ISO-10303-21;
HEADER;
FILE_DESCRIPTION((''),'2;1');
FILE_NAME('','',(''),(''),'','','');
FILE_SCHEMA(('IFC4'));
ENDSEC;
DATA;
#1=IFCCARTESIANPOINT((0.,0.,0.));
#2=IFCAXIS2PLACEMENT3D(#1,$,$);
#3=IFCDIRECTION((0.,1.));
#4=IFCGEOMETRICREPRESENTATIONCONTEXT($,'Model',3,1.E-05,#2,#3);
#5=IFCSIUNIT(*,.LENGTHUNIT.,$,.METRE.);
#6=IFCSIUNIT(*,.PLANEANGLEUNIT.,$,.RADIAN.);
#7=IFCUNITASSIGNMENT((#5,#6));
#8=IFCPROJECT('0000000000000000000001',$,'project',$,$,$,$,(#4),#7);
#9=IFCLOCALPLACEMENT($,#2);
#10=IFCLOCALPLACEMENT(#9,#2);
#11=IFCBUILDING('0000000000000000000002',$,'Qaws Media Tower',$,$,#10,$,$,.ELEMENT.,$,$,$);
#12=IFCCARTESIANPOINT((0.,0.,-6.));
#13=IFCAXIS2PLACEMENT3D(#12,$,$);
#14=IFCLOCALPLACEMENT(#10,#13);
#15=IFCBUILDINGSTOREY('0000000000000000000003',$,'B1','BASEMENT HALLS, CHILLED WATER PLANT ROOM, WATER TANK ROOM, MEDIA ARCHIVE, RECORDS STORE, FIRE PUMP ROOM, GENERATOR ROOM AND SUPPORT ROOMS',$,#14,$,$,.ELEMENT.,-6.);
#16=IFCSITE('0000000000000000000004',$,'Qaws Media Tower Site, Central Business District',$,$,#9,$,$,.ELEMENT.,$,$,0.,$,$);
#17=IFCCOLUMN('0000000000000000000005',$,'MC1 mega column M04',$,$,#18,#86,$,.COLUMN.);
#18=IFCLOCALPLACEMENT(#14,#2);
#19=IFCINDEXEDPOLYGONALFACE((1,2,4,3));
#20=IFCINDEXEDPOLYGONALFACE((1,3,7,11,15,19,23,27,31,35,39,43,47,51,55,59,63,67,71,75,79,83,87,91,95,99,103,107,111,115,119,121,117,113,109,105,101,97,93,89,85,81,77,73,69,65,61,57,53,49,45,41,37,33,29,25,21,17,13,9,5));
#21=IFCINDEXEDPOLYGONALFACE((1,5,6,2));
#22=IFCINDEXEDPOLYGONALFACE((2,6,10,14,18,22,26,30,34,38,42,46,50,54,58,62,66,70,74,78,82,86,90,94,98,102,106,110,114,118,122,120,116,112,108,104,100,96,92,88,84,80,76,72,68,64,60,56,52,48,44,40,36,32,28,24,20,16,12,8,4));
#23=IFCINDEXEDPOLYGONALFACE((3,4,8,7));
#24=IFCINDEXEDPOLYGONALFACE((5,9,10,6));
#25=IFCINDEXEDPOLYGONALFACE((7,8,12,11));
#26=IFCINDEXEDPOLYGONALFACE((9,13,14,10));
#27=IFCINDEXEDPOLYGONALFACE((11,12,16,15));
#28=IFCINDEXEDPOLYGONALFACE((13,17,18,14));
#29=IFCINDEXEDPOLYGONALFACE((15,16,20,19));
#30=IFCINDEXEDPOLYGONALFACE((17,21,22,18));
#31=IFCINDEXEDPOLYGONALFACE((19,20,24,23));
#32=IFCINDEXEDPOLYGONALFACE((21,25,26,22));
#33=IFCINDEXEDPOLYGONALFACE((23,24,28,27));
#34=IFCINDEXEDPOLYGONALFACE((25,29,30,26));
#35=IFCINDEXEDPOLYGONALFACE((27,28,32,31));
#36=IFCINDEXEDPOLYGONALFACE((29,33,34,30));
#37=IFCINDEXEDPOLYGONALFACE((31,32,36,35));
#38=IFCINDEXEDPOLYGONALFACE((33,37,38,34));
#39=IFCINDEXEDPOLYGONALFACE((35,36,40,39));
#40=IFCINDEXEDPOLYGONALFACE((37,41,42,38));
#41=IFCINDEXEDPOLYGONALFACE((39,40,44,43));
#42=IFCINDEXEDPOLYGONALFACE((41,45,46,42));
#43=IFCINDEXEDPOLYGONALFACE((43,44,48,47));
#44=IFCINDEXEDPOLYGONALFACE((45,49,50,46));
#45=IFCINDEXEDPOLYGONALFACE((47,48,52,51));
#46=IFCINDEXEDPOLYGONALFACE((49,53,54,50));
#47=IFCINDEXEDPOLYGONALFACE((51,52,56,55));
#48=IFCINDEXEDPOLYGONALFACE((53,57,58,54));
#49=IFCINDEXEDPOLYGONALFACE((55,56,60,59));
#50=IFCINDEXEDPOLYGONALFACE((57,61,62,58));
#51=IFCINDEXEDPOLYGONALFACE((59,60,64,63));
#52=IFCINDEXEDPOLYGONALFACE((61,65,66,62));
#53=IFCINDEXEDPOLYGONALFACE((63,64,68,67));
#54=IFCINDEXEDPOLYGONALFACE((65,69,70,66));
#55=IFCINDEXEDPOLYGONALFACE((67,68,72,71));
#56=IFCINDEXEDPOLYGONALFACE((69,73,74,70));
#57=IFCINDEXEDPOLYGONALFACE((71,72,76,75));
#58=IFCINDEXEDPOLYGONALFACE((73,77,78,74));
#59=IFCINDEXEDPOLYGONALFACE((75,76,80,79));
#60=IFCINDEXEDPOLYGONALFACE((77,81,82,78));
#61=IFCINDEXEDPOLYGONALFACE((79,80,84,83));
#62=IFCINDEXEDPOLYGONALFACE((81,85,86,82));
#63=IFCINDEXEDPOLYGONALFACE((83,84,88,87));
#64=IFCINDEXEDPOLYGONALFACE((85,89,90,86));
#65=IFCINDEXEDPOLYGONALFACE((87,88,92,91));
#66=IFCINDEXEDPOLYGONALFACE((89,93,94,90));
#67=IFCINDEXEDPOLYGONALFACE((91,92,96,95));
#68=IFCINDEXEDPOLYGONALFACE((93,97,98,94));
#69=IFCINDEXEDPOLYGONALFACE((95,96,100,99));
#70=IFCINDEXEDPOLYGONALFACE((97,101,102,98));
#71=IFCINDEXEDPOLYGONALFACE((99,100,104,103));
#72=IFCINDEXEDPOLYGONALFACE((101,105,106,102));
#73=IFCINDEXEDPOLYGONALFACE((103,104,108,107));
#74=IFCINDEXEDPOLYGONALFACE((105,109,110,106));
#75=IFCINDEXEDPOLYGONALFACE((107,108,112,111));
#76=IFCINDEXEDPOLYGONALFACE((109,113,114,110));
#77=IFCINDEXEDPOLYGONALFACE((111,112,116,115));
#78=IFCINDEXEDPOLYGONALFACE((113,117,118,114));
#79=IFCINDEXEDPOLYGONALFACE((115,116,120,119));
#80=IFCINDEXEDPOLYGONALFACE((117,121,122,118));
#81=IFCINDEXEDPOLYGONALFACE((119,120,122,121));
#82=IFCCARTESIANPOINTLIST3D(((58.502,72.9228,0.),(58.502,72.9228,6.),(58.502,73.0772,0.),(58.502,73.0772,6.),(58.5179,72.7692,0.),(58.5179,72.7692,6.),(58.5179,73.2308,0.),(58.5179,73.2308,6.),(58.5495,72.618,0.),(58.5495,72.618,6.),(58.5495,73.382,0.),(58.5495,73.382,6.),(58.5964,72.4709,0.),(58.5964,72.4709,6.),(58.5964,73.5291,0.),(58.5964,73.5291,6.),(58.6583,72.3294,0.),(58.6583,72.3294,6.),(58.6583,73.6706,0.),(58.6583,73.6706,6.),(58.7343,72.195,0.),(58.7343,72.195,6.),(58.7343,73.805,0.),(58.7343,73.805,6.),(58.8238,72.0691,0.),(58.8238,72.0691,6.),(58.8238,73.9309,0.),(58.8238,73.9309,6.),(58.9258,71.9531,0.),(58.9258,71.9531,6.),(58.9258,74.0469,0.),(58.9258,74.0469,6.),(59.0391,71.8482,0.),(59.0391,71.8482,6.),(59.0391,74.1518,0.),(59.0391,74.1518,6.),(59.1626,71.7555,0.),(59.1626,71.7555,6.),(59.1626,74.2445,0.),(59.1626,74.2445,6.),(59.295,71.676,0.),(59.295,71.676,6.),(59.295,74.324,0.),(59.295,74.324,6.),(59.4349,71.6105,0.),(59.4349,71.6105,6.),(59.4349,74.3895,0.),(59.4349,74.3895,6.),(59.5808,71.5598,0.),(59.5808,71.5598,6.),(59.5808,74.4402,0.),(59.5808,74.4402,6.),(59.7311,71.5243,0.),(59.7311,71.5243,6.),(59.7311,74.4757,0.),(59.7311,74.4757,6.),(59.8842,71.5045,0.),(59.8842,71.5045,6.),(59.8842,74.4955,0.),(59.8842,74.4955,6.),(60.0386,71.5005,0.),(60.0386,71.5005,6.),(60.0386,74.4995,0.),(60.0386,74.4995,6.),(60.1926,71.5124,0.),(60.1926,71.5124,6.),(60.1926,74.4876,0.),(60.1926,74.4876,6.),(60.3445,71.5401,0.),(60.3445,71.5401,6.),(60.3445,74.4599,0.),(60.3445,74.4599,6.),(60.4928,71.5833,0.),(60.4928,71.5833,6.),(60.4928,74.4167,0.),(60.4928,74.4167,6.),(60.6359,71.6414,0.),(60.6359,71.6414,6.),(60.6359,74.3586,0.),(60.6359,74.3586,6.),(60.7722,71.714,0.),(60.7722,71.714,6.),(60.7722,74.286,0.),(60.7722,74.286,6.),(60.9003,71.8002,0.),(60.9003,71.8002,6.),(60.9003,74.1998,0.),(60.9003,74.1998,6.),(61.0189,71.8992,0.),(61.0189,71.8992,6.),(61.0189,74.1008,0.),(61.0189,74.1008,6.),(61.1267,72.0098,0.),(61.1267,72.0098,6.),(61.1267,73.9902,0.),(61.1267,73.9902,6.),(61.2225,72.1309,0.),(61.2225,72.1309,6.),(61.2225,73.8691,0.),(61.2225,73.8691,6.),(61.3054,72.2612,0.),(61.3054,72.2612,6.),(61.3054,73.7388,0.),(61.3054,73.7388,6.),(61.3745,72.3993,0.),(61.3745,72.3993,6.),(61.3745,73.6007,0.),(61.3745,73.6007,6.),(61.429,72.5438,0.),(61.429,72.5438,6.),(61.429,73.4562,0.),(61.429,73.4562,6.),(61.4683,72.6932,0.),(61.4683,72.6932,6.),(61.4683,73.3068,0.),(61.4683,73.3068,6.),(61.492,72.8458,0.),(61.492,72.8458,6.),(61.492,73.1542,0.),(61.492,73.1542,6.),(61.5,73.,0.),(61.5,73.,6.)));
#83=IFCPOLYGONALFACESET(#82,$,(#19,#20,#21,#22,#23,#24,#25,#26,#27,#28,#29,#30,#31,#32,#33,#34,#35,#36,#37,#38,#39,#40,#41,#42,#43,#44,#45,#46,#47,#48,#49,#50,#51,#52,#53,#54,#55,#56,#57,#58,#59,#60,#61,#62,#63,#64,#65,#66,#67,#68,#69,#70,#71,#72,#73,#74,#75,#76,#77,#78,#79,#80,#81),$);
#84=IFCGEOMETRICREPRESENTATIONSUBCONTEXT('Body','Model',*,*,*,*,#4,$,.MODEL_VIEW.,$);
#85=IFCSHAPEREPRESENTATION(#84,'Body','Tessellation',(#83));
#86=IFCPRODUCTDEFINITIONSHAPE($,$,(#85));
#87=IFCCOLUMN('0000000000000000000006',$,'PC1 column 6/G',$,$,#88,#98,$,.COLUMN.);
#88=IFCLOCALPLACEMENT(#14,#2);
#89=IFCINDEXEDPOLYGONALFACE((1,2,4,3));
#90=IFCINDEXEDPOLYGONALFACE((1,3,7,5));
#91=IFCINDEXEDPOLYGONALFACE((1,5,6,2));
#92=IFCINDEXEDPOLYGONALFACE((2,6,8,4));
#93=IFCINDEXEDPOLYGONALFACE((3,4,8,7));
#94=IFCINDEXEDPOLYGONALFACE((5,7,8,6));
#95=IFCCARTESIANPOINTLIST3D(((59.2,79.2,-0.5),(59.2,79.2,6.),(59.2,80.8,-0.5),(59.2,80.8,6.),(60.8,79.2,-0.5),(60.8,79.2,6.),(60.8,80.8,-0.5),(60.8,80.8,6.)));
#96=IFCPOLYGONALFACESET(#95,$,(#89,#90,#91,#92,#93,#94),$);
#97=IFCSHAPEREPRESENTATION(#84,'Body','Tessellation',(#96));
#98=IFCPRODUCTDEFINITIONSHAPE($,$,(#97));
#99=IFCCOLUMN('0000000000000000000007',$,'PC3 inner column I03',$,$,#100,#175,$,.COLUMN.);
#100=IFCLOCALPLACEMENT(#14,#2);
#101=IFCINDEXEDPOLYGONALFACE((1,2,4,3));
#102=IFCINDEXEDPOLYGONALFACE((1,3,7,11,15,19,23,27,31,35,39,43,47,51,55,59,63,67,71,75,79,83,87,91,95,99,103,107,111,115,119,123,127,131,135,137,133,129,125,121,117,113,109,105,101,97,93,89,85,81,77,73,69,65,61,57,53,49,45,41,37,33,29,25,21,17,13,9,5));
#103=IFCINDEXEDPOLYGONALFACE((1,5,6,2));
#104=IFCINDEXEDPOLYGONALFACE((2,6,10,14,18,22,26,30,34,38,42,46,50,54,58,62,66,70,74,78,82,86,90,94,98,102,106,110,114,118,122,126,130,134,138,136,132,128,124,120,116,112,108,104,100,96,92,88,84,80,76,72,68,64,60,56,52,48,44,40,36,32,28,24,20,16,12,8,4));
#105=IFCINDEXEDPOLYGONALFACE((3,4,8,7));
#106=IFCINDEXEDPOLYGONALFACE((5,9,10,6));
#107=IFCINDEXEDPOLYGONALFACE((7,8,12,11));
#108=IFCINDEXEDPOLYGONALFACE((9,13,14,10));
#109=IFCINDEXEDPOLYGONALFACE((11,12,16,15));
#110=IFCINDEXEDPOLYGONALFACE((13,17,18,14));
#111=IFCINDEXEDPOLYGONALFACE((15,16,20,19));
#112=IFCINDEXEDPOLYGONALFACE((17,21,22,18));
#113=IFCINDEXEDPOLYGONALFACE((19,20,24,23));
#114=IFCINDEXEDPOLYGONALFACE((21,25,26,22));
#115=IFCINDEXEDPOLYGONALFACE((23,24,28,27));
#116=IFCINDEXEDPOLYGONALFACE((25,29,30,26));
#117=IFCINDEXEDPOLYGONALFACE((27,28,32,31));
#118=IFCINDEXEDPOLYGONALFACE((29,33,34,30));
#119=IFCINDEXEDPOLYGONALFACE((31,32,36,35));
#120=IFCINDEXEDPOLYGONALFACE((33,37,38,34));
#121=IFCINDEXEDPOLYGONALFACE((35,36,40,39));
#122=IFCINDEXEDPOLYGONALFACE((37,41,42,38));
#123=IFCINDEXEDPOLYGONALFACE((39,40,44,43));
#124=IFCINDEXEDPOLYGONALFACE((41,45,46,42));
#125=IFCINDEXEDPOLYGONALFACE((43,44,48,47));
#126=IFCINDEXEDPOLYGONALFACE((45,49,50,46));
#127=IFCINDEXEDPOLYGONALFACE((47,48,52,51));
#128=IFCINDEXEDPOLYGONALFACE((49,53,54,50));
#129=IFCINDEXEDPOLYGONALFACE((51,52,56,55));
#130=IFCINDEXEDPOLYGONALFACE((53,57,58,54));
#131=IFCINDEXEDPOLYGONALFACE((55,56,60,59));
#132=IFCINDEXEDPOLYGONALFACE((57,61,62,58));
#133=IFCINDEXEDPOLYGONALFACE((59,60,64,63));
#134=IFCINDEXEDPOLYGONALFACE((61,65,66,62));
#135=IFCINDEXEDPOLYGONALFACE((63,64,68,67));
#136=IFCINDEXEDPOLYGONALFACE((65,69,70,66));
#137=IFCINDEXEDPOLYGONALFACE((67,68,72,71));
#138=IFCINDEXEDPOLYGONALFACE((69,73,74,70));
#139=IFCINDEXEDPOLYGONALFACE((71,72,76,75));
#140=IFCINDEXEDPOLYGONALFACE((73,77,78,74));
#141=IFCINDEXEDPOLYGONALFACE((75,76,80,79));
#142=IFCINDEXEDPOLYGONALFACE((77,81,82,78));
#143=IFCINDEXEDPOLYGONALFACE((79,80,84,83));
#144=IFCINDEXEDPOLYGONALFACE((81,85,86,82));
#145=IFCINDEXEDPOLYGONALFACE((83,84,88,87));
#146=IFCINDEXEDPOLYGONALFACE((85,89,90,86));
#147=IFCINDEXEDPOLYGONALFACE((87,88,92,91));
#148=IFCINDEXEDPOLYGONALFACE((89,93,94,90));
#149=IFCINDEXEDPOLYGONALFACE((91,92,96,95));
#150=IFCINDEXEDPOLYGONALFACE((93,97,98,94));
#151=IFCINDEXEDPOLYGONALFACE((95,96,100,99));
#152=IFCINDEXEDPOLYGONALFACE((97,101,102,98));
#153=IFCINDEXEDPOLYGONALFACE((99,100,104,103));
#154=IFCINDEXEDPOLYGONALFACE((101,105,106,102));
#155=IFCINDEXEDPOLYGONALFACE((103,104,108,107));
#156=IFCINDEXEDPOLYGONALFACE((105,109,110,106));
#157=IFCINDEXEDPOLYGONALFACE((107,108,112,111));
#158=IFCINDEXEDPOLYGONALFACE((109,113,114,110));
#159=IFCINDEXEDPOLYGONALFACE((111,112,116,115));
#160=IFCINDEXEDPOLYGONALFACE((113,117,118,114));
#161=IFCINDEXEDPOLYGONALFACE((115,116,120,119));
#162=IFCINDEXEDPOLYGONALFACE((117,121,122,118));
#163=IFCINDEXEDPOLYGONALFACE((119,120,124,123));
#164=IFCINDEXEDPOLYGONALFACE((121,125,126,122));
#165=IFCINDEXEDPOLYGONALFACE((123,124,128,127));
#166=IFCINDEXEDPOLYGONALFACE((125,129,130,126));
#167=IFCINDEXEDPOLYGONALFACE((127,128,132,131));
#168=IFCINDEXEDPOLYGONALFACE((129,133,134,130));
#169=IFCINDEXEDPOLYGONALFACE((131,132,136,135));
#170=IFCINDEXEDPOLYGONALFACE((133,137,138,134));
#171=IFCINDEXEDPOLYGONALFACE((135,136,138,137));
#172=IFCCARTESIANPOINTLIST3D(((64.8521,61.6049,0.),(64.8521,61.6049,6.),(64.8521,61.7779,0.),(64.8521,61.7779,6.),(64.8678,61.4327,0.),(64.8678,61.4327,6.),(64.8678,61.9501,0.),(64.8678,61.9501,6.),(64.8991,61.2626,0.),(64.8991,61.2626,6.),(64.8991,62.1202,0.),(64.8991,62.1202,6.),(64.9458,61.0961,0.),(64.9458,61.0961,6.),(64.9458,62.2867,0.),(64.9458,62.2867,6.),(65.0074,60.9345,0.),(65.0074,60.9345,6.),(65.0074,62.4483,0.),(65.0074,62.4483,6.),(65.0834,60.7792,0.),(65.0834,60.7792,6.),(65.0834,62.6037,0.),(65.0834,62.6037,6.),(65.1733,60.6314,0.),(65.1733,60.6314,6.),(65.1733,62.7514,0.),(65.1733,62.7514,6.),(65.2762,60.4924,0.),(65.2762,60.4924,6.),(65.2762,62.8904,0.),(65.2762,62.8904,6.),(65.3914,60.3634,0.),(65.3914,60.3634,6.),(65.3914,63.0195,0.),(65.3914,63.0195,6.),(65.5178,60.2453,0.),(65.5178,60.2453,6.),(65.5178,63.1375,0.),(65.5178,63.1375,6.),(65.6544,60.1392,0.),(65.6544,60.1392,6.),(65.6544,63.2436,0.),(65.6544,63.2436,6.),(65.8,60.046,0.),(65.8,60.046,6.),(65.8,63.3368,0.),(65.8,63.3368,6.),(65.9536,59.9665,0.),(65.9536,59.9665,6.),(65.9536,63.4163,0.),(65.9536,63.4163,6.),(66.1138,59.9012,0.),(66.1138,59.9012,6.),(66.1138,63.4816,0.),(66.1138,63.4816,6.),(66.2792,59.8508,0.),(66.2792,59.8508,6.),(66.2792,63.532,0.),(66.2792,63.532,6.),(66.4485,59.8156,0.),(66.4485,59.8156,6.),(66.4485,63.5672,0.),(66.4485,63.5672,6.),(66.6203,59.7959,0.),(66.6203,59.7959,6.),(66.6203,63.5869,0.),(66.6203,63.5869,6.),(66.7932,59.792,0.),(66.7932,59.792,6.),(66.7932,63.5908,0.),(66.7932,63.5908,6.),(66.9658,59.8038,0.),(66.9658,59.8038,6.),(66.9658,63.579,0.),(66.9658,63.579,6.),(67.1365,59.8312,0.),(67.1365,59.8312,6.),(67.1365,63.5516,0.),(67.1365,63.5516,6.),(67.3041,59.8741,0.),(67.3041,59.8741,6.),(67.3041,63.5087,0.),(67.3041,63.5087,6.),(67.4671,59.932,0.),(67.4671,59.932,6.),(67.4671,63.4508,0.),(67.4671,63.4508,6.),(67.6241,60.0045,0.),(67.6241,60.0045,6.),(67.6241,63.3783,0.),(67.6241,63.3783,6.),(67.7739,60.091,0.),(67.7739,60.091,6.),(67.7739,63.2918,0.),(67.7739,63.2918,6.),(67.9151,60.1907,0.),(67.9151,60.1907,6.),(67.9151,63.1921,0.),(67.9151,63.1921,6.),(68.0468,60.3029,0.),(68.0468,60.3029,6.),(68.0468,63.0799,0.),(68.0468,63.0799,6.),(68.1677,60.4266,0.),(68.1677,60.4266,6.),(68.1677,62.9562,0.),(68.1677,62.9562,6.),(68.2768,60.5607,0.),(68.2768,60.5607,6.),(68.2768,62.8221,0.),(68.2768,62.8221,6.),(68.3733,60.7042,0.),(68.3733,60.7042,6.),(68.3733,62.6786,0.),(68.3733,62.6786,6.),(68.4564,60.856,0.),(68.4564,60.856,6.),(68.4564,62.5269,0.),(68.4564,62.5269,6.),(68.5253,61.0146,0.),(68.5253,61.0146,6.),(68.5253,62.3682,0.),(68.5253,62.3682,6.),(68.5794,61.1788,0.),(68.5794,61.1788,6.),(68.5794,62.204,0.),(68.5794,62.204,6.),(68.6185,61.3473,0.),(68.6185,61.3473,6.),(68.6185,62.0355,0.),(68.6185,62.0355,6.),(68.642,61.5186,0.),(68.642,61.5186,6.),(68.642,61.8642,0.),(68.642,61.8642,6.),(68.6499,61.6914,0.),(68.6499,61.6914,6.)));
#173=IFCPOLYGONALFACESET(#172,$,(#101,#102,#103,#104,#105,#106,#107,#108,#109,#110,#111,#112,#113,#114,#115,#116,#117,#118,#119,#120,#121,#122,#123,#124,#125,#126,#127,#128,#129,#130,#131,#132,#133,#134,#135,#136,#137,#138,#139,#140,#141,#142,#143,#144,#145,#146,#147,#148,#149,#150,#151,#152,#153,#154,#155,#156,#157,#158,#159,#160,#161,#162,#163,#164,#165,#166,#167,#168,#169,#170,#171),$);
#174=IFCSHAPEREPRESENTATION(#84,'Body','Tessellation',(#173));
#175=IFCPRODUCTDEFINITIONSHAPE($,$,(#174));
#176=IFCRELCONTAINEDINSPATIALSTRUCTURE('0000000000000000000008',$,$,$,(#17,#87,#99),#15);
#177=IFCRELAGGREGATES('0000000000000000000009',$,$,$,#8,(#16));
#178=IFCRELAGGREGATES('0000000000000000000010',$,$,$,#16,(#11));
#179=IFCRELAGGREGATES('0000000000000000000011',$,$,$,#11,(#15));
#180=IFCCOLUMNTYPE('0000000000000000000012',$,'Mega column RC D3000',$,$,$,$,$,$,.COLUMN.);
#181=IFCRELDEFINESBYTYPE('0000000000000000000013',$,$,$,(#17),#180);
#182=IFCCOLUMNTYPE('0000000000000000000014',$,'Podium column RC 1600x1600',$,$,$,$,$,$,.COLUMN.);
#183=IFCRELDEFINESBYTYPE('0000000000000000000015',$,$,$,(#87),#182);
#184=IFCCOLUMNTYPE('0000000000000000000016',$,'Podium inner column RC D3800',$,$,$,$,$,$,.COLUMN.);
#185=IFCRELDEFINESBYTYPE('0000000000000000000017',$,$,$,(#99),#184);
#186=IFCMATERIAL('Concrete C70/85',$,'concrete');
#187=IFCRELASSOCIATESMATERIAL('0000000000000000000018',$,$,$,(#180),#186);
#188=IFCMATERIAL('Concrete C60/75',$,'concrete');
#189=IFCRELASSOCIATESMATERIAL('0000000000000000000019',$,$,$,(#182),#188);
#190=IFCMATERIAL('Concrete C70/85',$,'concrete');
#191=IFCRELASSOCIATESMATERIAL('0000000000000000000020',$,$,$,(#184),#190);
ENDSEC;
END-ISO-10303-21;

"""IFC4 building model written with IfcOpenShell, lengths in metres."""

from ifc_helpers import new_model, si_unit, direction, frame, origin, origin_2d, place, context, subcontext, project, spatial, rectangle, circle, extrude, material, material_profile, profile_set, type_object, element, save


model = new_model("IFC4")

# Units and contexts
model_context = context("Model", 3, precision=1e-05, world=origin(), true_north=direction((0.0, 1.0)))
body_context = subcontext(model_context, "Body", "Model", "MODEL_VIEW")
ifc_project = project(units=[si_unit("LENGTHUNIT", "METRE"), si_unit("PLANEANGLEUNIT", "RADIAN")], contexts=[model_context])

# Site, building, storey
site_placement = place(None, origin())
site = spatial("IfcSite", under=ifc_project, at=site_placement, Name="Qaws Media Tower Site, Central Business District", CompositionType="ELEMENT", RefElevation=0.0)
building_placement = place(site_placement, origin())
building = spatial("IfcBuilding", under=site, at=building_placement, Name="Qaws Media Tower", CompositionType="ELEMENT")
storey_placement = place(building_placement, frame((0.0, 0.0, -6.0)))
storey = spatial("IfcBuildingStorey", under=building, at=storey_placement, Name="B1", Description="BASEMENT HALLS, CHILLED WATER PLANT ROOM, WATER TANK ROOM, MEDIA ARCHIVE, RECORDS STORE, FIRE PUMP ROOM, GENERATOR ROOM AND SUPPORT ROOMS", CompositionType="ELEMENT", Elevation=-6.0)

# Columns
ifc_material_1 = material(Name="Concrete C70/85", Category="concrete")
ifc_material_profile_1 = material_profile(ifc_material_1, circle(Radius=1.5, at=origin_2d()), Name="RC D3000")
ifc_profile_set_1 = profile_set([ifc_material_profile_1], Name="Concrete C70/85")
column_type_1 = type_object("IfcColumnType", Name="Mega column RC D3000", PredefinedType="COLUMN", material=ifc_profile_set_1)
column_1_placement = place(storey_placement, frame((60.0, 73.0, 0.0), z_axis=(0.0, 0.0, 1.0), x_axis=(1.0, 0.0, 0.0)))
element("IfcColumn", 1, at=column_1_placement, inside=storey, type_object=column_type_1, Name="MC1 mega column M04", PredefinedType="COLUMN", context=body_context, shape_type="SweptSolid", body=[
    extrude(circle(Radius=1.5, at=origin_2d()), origin(), (0.0, 0.0, 1.0), 6.0),
])
ifc_material_2 = material(Name="Concrete C60/75", Category="concrete")
ifc_material_profile_2 = material_profile(ifc_material_2, rectangle(XDim=1.6001, YDim=1.6001, at=origin_2d()), Name="RC 1600x1600")
ifc_profile_set_2 = profile_set([ifc_material_profile_2], Name="Concrete C60/75")
column_type_2 = type_object("IfcColumnType", Name="Podium column RC 1600x1600", PredefinedType="COLUMN", material=ifc_profile_set_2)
column_2_placement = place(storey_placement, frame((60.0, 80.0, -0.5), z_axis=(0.0, 0.0, 1.0), x_axis=(1.0, 0.0, 0.0)))
element("IfcColumn", 2, at=column_2_placement, inside=storey, type_object=column_type_2, Name="PC1 column 6/G", PredefinedType="COLUMN", context=body_context, shape_type="SweptSolid", body=[
    extrude(rectangle(XDim=1.6001, YDim=1.6001, at=origin_2d()), origin(), (0.0, 0.0, 1.0), 6.5),
])
ifc_material_3 = material(Name="Concrete C70/85", Category="concrete")
ifc_material_profile_3 = material_profile(ifc_material_3, circle(Radius=1.8999, at=origin_2d()), Name="RC D3800")
ifc_profile_set_3 = profile_set([ifc_material_profile_3], Name="Concrete C70/85")
column_type_3 = type_object("IfcColumnType", Name="Podium inner column RC D3800", PredefinedType="COLUMN", material=ifc_profile_set_3)
for number, where, z_axis, x_axis, name in (
    (3, (66.75, 61.6914, 0.0), (0.0, 0.0, 1.0), (1.0, 0.0, 0.0), "PC3 inner column I03"),
):
    element("IfcColumn", number, at=place(storey_placement, frame(where, z_axis=z_axis, x_axis=x_axis)), inside=storey, type_object=column_type_3, Name=name, PredefinedType="COLUMN", context=body_context, shape_type="SweptSolid", body=[
        extrude(circle(Radius=1.8999, at=origin_2d()), origin(), (0.0, 0.0, 1.0), 6.0),
    ])

save(model, "model.ifc")
